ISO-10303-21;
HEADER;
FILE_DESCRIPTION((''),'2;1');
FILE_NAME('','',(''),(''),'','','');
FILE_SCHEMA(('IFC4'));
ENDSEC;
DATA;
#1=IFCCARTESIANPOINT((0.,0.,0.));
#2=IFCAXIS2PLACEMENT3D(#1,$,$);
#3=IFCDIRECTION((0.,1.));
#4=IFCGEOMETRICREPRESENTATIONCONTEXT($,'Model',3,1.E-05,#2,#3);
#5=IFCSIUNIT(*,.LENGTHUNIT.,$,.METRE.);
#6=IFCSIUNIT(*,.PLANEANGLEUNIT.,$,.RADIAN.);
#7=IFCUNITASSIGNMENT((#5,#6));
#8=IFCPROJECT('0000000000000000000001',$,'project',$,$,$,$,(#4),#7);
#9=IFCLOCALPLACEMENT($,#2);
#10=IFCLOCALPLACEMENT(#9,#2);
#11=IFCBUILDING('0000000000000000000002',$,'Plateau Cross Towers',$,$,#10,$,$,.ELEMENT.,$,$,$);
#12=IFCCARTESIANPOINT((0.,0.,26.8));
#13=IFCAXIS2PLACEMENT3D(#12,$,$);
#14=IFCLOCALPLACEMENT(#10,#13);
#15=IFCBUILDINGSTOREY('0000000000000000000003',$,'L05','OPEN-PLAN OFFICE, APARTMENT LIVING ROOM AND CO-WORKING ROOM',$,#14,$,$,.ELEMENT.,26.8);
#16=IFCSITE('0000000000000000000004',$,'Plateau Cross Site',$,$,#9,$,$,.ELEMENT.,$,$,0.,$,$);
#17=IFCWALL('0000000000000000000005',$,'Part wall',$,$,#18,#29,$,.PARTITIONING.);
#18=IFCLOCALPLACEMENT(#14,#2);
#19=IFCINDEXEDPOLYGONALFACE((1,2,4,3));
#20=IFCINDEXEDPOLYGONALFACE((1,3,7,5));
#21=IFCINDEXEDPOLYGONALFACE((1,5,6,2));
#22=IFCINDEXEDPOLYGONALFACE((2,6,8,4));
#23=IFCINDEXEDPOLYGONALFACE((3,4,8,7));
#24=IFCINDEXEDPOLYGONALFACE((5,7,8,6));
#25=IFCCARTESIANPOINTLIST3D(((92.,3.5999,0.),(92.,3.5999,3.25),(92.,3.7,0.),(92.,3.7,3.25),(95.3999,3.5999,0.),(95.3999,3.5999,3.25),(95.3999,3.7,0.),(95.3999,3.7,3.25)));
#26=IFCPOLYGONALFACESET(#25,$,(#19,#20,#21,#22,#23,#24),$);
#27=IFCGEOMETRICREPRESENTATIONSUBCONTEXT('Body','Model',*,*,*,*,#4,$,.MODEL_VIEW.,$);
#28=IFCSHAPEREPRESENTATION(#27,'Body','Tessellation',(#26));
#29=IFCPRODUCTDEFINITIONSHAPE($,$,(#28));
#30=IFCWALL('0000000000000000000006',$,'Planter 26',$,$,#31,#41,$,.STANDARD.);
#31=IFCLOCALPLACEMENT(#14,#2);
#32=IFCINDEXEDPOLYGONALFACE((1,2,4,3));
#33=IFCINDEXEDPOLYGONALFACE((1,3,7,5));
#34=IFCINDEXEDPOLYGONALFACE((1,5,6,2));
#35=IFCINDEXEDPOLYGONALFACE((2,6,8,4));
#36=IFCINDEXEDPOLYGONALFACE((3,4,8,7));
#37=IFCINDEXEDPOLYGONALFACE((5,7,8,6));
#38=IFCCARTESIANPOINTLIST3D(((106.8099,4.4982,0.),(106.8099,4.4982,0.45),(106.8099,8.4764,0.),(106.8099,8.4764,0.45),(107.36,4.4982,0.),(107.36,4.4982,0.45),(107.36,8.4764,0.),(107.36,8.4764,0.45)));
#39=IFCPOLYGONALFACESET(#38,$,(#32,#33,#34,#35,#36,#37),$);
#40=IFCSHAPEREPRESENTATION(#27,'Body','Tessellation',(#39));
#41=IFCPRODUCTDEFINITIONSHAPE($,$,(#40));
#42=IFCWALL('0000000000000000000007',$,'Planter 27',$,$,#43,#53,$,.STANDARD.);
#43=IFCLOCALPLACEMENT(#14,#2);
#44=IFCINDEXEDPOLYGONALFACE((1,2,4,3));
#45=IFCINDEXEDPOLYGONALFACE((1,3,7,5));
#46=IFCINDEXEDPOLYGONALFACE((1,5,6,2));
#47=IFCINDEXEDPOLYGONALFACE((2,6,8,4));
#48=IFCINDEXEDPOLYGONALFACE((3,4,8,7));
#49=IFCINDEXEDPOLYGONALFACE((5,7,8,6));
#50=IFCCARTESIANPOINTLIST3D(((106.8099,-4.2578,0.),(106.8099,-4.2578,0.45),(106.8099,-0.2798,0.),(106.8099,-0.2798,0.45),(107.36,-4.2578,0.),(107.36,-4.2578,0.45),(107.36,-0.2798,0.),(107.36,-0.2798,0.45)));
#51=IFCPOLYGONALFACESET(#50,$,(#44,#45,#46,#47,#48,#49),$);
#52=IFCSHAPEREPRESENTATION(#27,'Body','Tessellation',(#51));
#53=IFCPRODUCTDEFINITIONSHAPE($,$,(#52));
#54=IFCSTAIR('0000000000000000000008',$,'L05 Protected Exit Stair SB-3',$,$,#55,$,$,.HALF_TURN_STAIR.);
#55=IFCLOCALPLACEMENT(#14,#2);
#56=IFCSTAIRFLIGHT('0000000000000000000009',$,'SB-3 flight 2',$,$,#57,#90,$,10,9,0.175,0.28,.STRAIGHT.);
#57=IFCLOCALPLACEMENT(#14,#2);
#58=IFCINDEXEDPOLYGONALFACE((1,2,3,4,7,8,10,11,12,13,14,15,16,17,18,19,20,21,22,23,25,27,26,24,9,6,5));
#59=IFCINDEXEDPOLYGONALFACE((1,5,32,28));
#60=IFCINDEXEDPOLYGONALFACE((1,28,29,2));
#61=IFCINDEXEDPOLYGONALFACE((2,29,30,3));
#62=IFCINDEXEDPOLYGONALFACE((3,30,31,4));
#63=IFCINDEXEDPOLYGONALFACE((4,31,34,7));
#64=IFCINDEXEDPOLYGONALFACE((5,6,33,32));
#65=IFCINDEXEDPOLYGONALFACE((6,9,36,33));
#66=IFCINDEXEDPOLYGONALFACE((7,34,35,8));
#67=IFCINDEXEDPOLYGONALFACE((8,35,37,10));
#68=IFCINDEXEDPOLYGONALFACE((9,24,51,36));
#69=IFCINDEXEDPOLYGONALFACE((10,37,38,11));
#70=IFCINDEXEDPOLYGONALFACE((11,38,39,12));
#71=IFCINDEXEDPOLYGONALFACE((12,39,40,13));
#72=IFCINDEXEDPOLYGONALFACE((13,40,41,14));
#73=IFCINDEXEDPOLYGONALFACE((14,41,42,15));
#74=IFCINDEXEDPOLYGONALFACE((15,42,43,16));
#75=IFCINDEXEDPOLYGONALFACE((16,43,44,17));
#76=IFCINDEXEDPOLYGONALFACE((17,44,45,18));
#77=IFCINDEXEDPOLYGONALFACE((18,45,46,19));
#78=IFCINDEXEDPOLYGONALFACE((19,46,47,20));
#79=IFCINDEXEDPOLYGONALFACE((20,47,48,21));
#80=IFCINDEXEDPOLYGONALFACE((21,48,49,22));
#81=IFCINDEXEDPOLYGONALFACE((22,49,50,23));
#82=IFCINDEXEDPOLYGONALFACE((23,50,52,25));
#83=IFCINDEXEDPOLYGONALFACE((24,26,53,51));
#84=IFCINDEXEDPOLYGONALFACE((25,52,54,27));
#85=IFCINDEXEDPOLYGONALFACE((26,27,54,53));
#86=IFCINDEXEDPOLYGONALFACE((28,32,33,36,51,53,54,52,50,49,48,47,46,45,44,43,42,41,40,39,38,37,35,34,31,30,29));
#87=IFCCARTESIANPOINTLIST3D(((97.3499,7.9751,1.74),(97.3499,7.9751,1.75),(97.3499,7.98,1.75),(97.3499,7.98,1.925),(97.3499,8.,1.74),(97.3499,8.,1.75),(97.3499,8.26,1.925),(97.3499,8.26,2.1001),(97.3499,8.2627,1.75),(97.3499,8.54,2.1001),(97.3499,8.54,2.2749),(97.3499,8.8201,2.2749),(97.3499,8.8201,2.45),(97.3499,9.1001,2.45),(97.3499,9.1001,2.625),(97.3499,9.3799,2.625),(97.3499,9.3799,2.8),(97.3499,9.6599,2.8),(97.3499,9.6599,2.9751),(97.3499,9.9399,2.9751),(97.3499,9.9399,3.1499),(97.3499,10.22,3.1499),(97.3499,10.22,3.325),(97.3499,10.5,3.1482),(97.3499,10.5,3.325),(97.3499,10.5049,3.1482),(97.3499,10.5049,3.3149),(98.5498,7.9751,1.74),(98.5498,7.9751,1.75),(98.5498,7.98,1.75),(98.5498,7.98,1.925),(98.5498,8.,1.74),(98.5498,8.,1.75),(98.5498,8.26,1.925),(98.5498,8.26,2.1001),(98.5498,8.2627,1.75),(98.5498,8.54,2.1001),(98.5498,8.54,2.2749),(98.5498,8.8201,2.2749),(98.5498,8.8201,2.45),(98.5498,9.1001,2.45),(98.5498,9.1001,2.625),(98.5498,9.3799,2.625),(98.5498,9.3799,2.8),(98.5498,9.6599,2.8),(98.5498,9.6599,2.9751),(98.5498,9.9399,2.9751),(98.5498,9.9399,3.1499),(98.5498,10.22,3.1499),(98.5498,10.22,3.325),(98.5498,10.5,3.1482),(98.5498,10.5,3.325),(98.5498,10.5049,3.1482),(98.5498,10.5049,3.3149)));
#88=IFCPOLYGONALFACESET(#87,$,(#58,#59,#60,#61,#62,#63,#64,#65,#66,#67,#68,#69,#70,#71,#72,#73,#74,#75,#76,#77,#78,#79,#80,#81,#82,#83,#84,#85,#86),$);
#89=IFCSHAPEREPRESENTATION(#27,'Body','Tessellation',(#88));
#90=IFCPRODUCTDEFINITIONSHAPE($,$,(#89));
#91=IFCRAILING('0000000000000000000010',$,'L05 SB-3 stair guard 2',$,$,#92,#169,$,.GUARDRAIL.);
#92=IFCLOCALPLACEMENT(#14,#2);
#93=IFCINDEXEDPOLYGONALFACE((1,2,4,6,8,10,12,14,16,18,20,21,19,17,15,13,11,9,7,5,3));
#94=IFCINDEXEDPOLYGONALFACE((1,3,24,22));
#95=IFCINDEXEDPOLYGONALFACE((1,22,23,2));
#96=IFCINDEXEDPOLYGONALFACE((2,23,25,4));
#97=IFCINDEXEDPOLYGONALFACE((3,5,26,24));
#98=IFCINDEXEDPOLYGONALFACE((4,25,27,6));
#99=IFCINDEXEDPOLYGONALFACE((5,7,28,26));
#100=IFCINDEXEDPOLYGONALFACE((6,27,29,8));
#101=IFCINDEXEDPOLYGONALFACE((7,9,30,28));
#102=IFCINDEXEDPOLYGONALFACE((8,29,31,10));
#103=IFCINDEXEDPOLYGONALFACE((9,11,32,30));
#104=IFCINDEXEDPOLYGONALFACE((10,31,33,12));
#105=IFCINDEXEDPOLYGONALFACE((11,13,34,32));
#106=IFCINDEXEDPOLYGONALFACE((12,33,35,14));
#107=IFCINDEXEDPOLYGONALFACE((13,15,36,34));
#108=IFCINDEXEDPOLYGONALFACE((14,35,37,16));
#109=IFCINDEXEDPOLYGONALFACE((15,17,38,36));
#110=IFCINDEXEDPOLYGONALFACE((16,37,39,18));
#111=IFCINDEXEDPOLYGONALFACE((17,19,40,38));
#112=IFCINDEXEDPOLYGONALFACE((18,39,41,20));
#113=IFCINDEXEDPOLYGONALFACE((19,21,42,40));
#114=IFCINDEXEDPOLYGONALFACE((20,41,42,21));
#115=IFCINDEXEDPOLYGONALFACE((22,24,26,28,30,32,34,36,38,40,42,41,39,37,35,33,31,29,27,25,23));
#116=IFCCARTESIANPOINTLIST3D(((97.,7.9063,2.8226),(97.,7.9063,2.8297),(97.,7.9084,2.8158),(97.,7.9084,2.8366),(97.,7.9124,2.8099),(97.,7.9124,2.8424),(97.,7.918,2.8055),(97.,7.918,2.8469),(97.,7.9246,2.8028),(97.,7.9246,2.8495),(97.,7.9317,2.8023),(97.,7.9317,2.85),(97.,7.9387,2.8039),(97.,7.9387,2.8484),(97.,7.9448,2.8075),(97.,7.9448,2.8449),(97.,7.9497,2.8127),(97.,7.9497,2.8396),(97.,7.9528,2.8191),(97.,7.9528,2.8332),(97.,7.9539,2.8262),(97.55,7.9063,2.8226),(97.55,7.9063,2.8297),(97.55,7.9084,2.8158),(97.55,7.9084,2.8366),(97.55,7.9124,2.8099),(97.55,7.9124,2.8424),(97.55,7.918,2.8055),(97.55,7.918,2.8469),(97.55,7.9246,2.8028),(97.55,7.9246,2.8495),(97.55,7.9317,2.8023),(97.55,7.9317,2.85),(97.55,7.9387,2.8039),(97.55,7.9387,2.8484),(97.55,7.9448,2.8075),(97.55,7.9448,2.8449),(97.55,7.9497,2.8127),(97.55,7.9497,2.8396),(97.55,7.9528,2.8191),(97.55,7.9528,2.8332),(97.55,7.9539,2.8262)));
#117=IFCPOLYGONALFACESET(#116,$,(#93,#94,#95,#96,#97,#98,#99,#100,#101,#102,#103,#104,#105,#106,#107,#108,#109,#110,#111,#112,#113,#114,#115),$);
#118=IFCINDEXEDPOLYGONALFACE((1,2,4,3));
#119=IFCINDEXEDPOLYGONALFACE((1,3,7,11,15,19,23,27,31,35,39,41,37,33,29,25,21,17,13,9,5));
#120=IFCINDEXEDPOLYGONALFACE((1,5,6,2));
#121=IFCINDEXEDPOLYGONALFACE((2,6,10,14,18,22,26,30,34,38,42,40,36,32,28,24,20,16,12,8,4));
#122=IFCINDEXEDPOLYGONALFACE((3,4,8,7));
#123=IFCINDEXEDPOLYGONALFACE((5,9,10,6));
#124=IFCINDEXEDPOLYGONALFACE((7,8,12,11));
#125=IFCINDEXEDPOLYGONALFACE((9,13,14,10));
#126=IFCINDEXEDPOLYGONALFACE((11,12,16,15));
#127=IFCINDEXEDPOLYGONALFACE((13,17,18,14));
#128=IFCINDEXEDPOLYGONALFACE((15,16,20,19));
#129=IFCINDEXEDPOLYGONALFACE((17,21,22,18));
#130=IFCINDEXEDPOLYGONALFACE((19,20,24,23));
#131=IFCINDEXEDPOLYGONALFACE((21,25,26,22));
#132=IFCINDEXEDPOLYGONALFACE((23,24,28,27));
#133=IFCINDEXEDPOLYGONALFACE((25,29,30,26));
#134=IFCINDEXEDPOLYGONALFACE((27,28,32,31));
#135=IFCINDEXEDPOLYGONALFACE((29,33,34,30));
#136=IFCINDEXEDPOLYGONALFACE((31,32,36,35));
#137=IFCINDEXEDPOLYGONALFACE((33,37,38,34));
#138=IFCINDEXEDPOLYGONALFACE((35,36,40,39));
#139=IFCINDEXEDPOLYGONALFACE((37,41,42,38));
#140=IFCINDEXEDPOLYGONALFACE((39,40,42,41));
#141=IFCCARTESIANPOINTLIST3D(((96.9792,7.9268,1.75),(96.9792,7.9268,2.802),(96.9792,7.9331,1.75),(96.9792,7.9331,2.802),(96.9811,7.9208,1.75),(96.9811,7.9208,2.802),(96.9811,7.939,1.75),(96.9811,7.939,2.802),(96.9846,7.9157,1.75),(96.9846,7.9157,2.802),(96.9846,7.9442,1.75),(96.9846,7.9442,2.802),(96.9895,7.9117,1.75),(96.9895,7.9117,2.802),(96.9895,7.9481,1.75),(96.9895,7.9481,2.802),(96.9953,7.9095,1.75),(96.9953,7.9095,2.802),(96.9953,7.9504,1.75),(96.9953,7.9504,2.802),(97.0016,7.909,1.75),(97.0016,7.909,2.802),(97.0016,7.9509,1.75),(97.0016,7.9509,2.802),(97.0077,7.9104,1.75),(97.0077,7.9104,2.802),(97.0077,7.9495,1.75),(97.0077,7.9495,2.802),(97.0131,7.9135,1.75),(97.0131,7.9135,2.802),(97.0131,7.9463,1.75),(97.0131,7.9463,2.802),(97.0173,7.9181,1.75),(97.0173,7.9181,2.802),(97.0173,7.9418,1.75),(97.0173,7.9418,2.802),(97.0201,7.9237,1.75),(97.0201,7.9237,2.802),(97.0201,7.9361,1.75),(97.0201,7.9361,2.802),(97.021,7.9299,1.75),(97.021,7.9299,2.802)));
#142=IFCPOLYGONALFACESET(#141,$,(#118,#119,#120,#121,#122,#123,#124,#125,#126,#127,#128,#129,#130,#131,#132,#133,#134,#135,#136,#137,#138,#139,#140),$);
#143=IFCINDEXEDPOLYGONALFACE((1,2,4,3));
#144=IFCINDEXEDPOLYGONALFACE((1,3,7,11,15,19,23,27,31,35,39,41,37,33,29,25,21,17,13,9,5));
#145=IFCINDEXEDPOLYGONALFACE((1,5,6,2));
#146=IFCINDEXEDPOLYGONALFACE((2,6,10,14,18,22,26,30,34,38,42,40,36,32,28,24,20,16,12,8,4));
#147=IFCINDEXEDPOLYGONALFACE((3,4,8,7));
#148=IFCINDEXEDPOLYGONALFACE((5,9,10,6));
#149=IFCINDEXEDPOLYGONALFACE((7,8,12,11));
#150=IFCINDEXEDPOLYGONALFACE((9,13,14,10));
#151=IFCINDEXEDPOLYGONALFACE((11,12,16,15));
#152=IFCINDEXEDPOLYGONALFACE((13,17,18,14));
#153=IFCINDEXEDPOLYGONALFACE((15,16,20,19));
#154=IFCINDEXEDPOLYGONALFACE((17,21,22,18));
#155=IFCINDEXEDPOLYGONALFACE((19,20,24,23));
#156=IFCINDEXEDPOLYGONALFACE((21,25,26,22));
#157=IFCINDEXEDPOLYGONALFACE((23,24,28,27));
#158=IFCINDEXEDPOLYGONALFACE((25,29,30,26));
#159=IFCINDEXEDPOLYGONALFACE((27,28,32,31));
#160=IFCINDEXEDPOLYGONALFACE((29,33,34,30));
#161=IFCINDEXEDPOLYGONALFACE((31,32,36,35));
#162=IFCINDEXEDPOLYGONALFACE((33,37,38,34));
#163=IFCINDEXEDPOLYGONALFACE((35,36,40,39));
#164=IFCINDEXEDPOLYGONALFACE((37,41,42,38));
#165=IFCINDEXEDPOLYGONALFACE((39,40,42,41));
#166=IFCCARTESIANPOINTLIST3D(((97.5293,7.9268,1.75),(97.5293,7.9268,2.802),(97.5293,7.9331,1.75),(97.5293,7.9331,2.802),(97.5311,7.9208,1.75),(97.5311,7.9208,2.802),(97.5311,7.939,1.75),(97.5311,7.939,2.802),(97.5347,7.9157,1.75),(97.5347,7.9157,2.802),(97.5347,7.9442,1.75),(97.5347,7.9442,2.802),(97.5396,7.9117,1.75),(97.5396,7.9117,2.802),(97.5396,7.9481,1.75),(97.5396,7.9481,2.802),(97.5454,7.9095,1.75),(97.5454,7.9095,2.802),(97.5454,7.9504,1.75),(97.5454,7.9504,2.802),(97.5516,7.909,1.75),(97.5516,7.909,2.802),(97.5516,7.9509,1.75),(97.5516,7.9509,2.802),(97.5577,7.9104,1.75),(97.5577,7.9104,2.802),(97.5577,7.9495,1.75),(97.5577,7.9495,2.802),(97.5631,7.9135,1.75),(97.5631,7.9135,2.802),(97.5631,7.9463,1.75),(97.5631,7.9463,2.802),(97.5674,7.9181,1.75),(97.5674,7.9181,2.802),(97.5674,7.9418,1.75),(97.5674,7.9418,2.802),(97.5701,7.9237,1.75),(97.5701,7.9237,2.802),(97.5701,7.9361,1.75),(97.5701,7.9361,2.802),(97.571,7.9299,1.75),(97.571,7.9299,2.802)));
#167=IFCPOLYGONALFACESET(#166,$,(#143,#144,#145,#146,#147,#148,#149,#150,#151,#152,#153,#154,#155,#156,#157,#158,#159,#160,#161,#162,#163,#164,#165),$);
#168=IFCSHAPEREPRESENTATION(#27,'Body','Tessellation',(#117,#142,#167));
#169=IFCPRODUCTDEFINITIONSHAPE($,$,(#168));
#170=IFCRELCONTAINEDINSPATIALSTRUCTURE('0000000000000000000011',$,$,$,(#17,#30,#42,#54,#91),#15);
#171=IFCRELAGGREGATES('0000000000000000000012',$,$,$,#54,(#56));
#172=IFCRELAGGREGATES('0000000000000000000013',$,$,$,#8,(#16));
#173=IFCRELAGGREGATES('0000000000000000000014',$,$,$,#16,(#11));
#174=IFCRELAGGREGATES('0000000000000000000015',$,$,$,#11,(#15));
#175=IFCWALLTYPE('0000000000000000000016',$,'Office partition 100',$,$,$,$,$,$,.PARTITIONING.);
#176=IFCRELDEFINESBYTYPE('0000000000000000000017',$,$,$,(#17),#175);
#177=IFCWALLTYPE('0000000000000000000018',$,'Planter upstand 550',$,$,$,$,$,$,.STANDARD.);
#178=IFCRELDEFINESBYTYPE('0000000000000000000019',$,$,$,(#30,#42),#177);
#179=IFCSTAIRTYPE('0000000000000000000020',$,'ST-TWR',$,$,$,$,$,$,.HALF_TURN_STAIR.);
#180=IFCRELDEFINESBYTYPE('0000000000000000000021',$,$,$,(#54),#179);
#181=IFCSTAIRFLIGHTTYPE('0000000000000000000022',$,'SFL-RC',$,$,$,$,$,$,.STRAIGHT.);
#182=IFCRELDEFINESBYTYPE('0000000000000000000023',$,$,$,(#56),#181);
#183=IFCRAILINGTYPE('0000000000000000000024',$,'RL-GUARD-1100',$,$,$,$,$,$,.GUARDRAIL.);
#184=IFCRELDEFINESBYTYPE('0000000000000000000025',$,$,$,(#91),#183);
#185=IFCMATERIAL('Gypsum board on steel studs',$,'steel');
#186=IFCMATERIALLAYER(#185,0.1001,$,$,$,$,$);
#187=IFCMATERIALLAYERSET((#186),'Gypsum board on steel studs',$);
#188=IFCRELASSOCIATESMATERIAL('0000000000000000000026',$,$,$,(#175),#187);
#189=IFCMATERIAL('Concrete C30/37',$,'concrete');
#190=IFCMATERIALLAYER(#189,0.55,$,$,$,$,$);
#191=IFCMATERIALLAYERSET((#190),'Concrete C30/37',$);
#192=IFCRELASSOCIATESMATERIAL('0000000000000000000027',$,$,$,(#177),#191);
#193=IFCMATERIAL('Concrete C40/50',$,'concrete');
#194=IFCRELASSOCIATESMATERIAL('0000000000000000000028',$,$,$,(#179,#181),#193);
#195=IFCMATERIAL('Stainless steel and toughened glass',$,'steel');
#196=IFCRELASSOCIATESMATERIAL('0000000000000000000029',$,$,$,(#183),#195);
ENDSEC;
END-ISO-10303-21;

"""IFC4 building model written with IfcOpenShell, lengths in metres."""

from ifc_helpers import new_model, si_unit, direction, frame, frame_2d, origin, origin_2d, place, context, subcontext, project, spatial, polyline, rectangle, circle, outline, extrude, material, layer, layer_set, type_object, element, aggregate, save


model = new_model("IFC4")

# Units and contexts
model_context = context("Model", 3, precision=1e-05, world=origin(), true_north=direction((0.0, 1.0)))
body_context = subcontext(model_context, "Body", "Model", "MODEL_VIEW")
ifc_project = project(units=[si_unit("LENGTHUNIT", "METRE"), si_unit("PLANEANGLEUNIT", "RADIAN")], contexts=[model_context])

# Site, building, storey
site_placement = place(None, origin())
site = spatial("IfcSite", under=ifc_project, at=site_placement, Name="Plateau Cross Site", CompositionType="ELEMENT", RefElevation=0.0)
building_placement = place(site_placement, origin())
building = spatial("IfcBuilding", under=site, at=building_placement, Name="Plateau Cross Towers", CompositionType="ELEMENT")
storey_placement = place(building_placement, frame((0.0, 0.0, 26.8)))
storey = spatial("IfcBuildingStorey", under=building, at=storey_placement, Name="L05", Description="OPEN-PLAN OFFICE, APARTMENT LIVING ROOM AND CO-WORKING ROOM", CompositionType="ELEMENT", Elevation=26.8)

# Shared definitions
ifc_material_1 = material(Name="Gypsum board on steel studs", Category="steel")
ifc_layer_1 = layer(ifc_material_1, 0.1001)
ifc_layer_set_1 = layer_set([ifc_layer_1], Name="Gypsum board on steel studs")
wall_type_1 = type_object("IfcWallType", Name="Office partition 100", PredefinedType="PARTITIONING", material=ifc_layer_set_1)

# Walls
wall_1_placement = place(storey_placement, frame((92.0, 3.6499, 0.0), z_axis=(0.0, 0.0, 1.0), x_axis=(1.0, 0.0, 0.0)))
element("IfcWall", 1, at=wall_1_placement, inside=storey, type_object=wall_type_1, Name="Part wall", PredefinedType="PARTITIONING", context=body_context, shape_type="SweptSolid", body=[
    extrude(rectangle(XDim=3.3999, YDim=0.1001, at=frame_2d((1.7, 0.0))), origin(), (0.0, 0.0, 1.0), 3.25),
])
ifc_material_2 = material(Name="Concrete C30/37", Category="concrete")
ifc_layer_2 = layer(ifc_material_2, 0.55)
ifc_layer_set_2 = layer_set([ifc_layer_2], Name="Concrete C30/37")
wall_type_2 = type_object("IfcWallType", Name="Planter upstand 550", PredefinedType="STANDARD", material=ifc_layer_set_2)
wall_2_placement = place(storey_placement, frame((107.085, 8.4766, 0.0), z_axis=(0.0, 0.0, 1.0), x_axis=(0.0, -1.0, 0.0)))
element("IfcWall", 2, at=wall_2_placement, inside=storey, type_object=wall_type_2, Name="Planter 26", PredefinedType="STANDARD", context=body_context, shape_type="SweptSolid", body=[
    extrude(rectangle(XDim=3.9783, YDim=0.55, at=frame_2d((1.9893, 0.0))), origin(), (0.0, 0.0, 1.0), 0.45),
])
wall_3_placement = place(storey_placement, frame((107.085, -0.2798, 0.0), z_axis=(0.0, 0.0, 1.0), x_axis=(0.0, -1.0, 0.0)))
element("IfcWall", 3, at=wall_3_placement, inside=storey, type_object=wall_type_2, Name="Planter 27", PredefinedType="STANDARD", context=body_context, shape_type="SweptSolid", body=[
    extrude(rectangle(XDim=3.978, YDim=0.55, at=frame_2d((1.989, 0.0))), origin(), (0.0, 0.0, 1.0), 0.45),
])

# Stair, stair flight
ifc_material_3 = material(Name="Concrete C40/50", Category="concrete")
stair_type = type_object("IfcStairType", Name="ST-TWR", PredefinedType="HALF_TURN_STAIR", material=ifc_material_3)
stair_placement = place(storey_placement, origin())
stair = element("IfcStair", 4, at=stair_placement, inside=storey, type_object=stair_type, Name="L05 Protected Exit Stair SB-3", PredefinedType="HALF_TURN_STAIR")
stair_flight_type = type_object("IfcStairFlightType", Name="SFL-RC", PredefinedType="STRAIGHT", material=ifc_material_3)
stair_flight_placement = place(storey_placement, frame((97.95, 7.98, 1.75), z_axis=(0.0, 0.0, 1.0), x_axis=(0.0, 1.0, 0.0)))
stair_flight = element("IfcStairFlight", 5, at=stair_flight_placement, type_object=stair_flight_type, Name="SB-3 flight 2", NumberOfRisers=10, NumberOfTreads=9, PredefinedType="STRAIGHT", RiserHeight=0.175, TreadLength=0.28, context=body_context, shape_type="SweptSolid", body=[
    extrude(outline(polyline([(-0.0049, -0.01), (-0.0049, 0.0), (0.0, 0.0), (0.0, 0.175), (0.28, 0.175), (0.28, 0.3501), (0.5601, 0.3501), (0.5601, 0.5249), (0.8401, 0.5249), (0.8401, 0.7), (1.1201, 0.7), (1.1201, 0.875), (1.3999, 0.875), (1.3999, 1.05), (1.6799, 1.05), (1.6799, 1.2251), (1.96, 1.2251), (1.96, 1.3999), (2.24, 1.3999), (2.24, 1.575), (2.52, 1.575), (2.5249, 1.5649), (2.5249, 1.3982), (2.52, 1.3982), (0.2827, 0.0), (0.02, 0.0), (0.02, -0.01), (-0.0049, -0.01)])), frame((0.0, 0.6001, 0.0), z_axis=(0.0, -1.0, 0.0), x_axis=(1.0, 0.0, 0.0)), (0.0, 0.0, 1.0), 1.2),
])
aggregate(stair, [stair_flight])

# Railing
ifc_material_4 = material(Name="Stainless steel and toughened glass", Category="steel")
railing_type_1 = type_object("IfcRailingType", Name="RL-GUARD-1100", PredefinedType="GUARDRAIL", material=ifc_material_4)
railing_1_placement = place(storey_placement, frame((97.0, 7.9299, 1.75)))
element("IfcRailing", 6, at=railing_1_placement, inside=storey, type_object=railing_type_1, Name="L05 SB-3 stair guard 2", PredefinedType="GUARDRAIL", context=body_context, shape_type="SweptSolid", body=[
    extrude(circle(Radius=0.0239, at=origin_2d()), frame((0.0, 0.0, 1.0762), z_axis=(1.0, 0.0, 0.0), x_axis=(0.0, 1.0, 0.0)), (0.0, 0.0, 1.0), 0.55),
    extrude(circle(Radius=0.021, at=origin_2d()), origin(), (0.0, 0.0, 1.0), 1.052),
    extrude(circle(Radius=0.021, at=origin_2d()), frame((0.55, 0.0, 0.0)), (0.0, 0.0, 1.0), 1.052),
])

save(model, "model.ifc")
